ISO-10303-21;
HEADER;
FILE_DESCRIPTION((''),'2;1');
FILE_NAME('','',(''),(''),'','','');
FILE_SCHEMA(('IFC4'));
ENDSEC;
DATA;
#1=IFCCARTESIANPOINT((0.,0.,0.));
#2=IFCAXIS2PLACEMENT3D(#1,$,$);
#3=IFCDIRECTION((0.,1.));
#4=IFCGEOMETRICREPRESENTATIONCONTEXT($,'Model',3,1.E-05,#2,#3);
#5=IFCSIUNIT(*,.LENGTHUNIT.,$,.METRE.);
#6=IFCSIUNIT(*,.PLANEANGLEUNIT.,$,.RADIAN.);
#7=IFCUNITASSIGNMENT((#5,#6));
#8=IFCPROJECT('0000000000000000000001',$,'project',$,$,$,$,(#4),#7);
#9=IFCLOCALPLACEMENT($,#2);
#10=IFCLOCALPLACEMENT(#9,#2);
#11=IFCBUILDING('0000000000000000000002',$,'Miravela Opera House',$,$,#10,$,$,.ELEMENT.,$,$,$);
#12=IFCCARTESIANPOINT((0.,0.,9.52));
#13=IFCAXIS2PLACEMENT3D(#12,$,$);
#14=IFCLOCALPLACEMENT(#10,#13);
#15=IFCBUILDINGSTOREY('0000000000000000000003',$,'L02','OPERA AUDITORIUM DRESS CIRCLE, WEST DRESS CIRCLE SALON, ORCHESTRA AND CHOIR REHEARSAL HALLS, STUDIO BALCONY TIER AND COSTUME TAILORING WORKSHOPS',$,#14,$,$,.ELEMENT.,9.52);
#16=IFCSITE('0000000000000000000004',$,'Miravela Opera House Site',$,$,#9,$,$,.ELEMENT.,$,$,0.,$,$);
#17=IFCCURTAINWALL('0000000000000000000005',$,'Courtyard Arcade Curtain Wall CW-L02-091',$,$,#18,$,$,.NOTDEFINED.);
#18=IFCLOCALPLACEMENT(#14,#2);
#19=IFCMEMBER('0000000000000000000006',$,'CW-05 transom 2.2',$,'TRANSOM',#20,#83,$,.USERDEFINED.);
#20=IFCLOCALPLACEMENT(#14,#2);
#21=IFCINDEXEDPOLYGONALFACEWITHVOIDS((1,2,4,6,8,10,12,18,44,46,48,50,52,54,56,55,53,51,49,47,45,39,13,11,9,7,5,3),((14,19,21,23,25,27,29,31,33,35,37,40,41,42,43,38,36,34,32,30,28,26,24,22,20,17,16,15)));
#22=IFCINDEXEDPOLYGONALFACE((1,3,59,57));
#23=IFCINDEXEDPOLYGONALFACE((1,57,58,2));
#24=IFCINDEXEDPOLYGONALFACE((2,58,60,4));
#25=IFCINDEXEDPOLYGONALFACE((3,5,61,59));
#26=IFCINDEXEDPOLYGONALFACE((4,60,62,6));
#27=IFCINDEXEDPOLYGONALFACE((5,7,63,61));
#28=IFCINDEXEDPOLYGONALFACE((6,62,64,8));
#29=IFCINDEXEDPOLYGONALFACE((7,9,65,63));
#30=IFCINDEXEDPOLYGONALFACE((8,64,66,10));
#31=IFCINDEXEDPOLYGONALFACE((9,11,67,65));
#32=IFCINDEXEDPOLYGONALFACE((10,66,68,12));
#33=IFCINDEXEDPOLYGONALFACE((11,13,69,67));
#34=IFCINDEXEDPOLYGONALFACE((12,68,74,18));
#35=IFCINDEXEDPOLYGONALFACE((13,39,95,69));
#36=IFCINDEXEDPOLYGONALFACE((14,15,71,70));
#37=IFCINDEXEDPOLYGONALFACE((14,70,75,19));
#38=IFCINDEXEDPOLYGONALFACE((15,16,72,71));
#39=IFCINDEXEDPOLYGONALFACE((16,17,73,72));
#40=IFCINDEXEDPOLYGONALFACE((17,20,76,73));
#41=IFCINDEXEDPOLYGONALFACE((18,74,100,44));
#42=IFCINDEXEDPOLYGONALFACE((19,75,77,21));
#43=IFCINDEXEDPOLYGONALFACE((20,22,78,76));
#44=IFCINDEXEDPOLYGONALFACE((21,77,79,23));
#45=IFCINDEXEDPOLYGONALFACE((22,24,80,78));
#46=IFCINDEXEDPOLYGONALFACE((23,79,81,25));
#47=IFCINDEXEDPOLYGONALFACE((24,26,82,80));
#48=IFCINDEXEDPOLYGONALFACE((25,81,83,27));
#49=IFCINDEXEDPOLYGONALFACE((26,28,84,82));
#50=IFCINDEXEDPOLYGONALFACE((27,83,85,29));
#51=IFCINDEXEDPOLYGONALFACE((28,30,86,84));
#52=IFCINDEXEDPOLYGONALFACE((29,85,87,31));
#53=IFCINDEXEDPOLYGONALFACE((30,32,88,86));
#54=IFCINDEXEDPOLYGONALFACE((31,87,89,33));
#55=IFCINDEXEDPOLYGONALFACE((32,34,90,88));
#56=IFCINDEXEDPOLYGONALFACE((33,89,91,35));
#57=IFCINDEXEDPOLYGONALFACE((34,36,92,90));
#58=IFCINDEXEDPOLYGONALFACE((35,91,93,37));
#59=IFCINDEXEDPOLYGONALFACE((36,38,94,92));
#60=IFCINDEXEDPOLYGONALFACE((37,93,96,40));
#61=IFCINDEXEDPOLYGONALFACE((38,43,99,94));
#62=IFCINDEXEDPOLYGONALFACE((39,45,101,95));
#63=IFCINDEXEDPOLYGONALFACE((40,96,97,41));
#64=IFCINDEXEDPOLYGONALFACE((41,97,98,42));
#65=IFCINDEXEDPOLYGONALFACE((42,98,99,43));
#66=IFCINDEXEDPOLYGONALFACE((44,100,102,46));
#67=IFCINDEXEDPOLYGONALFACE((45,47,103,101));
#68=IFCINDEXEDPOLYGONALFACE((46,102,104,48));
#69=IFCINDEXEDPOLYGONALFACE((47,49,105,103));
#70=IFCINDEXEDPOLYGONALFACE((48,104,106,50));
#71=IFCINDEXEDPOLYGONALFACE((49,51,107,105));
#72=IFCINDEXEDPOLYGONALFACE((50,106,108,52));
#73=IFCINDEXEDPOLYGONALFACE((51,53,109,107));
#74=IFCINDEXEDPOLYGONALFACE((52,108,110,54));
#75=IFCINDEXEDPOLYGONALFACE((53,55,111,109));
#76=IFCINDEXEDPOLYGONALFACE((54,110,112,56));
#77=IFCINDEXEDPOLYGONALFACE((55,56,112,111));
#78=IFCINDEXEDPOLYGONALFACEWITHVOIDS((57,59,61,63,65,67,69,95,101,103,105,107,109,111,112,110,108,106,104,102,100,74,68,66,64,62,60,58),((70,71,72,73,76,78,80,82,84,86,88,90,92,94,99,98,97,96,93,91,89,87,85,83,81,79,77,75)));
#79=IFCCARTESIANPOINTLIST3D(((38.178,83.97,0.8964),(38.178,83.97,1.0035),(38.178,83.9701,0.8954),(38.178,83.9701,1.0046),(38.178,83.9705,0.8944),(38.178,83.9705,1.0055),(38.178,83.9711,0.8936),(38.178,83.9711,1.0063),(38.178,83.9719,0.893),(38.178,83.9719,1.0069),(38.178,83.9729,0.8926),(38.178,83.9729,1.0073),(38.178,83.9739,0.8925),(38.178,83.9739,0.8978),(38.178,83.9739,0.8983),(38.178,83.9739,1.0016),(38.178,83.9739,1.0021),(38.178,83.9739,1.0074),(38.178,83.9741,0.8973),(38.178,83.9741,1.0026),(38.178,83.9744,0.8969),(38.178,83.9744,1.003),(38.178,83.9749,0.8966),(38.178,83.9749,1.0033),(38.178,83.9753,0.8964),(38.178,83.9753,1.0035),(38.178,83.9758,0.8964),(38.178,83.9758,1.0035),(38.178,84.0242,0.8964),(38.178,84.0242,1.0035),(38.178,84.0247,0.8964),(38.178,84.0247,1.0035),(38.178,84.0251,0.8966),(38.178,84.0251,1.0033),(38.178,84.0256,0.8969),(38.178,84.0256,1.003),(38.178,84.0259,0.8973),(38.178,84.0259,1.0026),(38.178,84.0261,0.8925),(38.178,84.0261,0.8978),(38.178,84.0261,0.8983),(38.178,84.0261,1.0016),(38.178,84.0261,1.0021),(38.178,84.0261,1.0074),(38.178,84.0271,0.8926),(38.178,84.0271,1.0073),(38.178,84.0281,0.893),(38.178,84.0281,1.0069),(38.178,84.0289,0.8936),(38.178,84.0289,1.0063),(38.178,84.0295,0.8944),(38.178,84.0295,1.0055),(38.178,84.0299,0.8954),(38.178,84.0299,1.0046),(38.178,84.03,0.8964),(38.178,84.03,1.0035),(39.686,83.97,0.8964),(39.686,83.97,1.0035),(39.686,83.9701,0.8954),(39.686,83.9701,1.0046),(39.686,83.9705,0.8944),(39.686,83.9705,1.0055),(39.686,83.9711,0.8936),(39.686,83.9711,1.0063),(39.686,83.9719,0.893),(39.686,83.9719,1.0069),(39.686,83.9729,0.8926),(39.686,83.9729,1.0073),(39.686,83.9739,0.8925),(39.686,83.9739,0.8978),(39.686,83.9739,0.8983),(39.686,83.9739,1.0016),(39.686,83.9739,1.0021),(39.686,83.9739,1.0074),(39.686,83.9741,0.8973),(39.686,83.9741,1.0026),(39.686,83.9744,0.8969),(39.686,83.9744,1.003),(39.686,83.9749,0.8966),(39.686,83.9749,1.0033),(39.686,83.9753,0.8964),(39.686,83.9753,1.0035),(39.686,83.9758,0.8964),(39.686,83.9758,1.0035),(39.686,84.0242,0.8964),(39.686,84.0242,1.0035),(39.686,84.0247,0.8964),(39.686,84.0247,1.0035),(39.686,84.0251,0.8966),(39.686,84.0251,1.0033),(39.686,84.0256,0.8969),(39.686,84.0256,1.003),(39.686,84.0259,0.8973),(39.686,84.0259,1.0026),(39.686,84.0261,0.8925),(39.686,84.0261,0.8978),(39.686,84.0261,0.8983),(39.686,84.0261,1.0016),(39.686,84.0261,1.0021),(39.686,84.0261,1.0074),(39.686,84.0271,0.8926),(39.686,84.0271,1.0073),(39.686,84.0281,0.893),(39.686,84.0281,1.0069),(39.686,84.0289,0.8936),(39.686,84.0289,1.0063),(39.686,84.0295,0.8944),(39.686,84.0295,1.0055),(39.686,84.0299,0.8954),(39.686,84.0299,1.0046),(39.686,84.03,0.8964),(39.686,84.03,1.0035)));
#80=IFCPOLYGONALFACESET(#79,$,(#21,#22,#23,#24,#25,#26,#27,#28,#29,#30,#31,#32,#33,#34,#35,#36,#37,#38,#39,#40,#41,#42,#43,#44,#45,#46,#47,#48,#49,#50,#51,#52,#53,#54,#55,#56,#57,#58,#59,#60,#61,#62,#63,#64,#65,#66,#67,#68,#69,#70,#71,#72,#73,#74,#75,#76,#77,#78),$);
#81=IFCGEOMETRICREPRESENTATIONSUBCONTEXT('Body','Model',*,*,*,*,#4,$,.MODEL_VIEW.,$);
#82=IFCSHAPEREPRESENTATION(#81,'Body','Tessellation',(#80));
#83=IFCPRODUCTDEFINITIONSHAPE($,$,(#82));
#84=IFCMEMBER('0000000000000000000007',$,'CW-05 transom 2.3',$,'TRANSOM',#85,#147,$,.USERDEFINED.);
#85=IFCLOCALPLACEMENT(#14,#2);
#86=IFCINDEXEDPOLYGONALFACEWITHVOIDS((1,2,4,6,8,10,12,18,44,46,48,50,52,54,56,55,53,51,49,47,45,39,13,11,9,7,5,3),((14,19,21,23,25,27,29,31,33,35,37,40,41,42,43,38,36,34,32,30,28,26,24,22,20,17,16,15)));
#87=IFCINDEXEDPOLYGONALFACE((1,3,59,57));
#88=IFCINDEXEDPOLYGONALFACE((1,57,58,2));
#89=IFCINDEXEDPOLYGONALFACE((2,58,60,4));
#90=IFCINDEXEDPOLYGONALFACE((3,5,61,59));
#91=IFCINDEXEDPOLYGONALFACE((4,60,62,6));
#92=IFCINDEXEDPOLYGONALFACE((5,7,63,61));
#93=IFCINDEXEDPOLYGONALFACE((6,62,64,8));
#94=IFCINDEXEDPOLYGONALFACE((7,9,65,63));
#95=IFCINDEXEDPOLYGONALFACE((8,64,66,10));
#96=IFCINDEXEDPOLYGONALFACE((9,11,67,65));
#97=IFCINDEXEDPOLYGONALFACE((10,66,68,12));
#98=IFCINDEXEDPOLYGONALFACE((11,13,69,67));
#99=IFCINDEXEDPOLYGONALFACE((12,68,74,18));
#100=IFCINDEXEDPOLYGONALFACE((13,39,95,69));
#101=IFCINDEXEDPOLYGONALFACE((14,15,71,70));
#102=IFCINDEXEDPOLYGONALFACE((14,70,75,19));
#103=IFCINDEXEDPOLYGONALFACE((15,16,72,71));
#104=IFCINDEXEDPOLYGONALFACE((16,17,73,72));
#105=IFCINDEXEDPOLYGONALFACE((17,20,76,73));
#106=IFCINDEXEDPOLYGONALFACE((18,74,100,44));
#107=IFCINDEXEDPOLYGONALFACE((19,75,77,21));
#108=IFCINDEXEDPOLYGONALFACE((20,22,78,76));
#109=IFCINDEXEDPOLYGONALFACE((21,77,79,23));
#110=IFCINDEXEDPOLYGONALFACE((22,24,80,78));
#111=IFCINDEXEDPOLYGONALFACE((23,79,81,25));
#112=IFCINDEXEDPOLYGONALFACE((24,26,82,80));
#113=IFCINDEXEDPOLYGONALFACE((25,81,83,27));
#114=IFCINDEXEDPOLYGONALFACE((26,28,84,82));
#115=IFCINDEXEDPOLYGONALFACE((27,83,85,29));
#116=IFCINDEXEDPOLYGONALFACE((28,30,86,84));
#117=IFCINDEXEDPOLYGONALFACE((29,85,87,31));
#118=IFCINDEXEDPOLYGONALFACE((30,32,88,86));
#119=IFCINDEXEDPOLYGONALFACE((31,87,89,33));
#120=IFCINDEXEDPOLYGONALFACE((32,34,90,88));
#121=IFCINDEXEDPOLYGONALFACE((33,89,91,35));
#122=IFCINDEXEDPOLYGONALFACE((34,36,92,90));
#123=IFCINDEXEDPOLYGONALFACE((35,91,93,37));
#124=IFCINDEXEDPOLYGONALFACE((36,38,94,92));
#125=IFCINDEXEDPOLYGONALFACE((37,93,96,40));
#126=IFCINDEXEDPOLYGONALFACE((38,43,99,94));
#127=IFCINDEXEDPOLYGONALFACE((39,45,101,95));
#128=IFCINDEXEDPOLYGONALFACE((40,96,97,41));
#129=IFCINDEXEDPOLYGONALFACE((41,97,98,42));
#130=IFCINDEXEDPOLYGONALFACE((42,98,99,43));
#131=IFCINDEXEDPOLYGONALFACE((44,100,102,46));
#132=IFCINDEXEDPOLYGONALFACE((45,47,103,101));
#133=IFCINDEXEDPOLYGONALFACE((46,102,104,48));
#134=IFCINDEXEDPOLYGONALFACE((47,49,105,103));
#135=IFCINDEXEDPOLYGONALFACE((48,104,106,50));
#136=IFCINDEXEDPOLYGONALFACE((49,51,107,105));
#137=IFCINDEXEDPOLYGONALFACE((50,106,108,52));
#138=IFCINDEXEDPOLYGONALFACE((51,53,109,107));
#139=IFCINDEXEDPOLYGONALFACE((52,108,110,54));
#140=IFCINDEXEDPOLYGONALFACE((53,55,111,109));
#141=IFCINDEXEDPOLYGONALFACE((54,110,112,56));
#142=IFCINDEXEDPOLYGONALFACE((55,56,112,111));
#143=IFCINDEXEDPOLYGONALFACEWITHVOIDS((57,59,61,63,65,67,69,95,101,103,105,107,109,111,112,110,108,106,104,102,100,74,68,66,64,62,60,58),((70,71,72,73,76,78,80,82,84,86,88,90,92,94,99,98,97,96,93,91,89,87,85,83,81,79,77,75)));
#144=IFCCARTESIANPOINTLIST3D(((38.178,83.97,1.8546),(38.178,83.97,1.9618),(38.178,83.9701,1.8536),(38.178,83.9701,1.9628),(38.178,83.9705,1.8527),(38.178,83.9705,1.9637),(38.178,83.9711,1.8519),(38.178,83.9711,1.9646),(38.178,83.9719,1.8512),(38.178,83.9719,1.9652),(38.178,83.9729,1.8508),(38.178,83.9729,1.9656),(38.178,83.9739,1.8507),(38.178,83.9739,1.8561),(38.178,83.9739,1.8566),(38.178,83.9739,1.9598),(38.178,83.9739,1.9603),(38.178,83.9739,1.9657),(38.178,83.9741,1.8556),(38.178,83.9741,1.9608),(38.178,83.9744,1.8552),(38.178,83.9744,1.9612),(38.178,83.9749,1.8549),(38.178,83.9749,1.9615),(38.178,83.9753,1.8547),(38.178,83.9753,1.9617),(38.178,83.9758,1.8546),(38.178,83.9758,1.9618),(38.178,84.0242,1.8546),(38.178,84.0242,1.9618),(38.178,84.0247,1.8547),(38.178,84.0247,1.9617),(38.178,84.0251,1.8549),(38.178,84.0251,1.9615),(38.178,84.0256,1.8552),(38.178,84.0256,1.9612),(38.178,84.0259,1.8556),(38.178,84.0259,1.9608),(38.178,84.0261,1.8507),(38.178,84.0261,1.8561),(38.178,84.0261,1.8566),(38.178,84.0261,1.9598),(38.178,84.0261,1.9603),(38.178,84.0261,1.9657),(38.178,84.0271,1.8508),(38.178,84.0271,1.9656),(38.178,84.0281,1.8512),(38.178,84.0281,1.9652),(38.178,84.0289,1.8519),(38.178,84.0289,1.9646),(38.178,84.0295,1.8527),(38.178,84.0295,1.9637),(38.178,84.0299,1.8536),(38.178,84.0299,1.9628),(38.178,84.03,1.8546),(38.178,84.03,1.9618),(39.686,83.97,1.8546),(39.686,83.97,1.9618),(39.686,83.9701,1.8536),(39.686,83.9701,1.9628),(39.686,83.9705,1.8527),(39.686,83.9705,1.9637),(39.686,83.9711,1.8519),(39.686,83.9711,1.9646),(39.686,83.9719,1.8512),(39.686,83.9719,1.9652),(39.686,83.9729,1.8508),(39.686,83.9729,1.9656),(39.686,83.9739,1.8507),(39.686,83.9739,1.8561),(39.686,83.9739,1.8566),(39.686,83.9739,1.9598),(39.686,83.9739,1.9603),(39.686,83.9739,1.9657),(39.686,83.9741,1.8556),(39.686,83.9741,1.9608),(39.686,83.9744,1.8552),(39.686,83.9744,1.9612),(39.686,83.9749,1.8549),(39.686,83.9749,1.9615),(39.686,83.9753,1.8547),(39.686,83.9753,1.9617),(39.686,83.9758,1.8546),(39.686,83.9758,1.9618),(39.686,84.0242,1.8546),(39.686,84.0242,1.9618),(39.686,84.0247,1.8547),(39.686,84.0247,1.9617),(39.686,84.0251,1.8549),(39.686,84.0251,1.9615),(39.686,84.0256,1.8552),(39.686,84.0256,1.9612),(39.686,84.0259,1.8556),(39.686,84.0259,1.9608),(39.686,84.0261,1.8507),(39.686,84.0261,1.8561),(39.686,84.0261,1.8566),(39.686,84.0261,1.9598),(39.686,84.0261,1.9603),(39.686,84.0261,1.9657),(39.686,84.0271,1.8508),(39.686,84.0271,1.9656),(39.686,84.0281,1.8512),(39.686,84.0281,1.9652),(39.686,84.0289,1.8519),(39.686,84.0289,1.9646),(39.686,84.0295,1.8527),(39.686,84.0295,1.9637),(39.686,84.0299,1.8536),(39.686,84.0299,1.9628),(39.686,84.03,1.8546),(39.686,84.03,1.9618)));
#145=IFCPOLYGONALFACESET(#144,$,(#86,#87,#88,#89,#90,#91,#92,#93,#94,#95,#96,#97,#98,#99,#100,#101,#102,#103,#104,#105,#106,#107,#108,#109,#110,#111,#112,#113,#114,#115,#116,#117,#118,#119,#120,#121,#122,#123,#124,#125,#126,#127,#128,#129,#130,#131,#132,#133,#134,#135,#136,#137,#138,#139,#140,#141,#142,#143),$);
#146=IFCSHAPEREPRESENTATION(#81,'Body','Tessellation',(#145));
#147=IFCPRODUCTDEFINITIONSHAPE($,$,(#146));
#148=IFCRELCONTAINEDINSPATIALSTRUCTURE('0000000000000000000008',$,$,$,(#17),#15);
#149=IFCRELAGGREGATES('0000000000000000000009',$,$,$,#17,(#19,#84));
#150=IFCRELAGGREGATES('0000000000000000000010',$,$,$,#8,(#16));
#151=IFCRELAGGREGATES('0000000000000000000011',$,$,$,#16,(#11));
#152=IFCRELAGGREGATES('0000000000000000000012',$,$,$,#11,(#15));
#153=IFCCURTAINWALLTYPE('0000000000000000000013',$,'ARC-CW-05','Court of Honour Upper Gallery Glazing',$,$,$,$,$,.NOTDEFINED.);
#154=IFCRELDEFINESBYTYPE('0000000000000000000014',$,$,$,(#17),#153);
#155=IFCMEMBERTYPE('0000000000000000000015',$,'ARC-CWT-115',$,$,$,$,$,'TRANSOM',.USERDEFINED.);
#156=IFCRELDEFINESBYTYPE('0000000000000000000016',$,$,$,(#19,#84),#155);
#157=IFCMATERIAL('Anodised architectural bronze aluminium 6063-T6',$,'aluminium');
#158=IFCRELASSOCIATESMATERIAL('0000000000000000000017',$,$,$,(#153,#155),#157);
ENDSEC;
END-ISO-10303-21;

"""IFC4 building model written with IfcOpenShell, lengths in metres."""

from ifc_helpers import new_model, si_unit, direction, frame, origin, origin_2d, place, context, subcontext, project, spatial, hollow_rectangle, extrude, material, material_profile, profile_set, type_object, element, aggregate, save


model = new_model("IFC4")

# Units and contexts
model_context = context("Model", 3, precision=1e-05, world=origin(), true_north=direction((0.0, 1.0)))
body_context = subcontext(model_context, "Body", "Model", "MODEL_VIEW")
ifc_project = project(units=[si_unit("LENGTHUNIT", "METRE"), si_unit("PLANEANGLEUNIT", "RADIAN")], contexts=[model_context])

# Site, building, storey
site_placement = place(None, origin())
site = spatial("IfcSite", under=ifc_project, at=site_placement, Name="Miravela Opera House Site", CompositionType="ELEMENT", RefElevation=0.0)
building_placement = place(site_placement, origin())
building = spatial("IfcBuilding", under=site, at=building_placement, Name="Miravela Opera House", CompositionType="ELEMENT")
storey_placement = place(building_placement, frame((0.0, 0.0, 9.52)))
storey = spatial("IfcBuildingStorey", under=building, at=storey_placement, Name="L02", Description="OPERA AUDITORIUM DRESS CIRCLE, WEST DRESS CIRCLE SALON, ORCHESTRA AND CHOIR REHEARSAL HALLS, STUDIO BALCONY TIER AND COSTUME TAILORING WORKSHOPS", CompositionType="ELEMENT", Elevation=9.52)

# Shared definitions
ifc_material_1 = material(Name="Anodised architectural bronze aluminium 6063-T6", Category="aluminium")
curtain_wall_type = type_object("IfcCurtainWallType", Name="ARC-CW-05", Description="Court of Honour Upper Gallery Glazing", PredefinedType="NOTDEFINED", material=ifc_material_1)

# Curtain wall
curtain_wall_1_placement = place(storey_placement, origin())
curtain_wall_1 = element("IfcCurtainWall", 1, at=curtain_wall_1_placement, inside=storey, type_object=curtain_wall_type, Name="Courtyard Arcade Curtain Wall CW-L02-091", PredefinedType="NOTDEFINED")

# Members
ifc_material_profile_1 = material_profile(ifc_material_1, hollow_rectangle(XDim=0.0601, YDim=0.115, WallThickness=0.0039, InnerFilletRadius=0.002, OuterFilletRadius=0.0039, at=origin_2d()), Name="CWT-60X115")
ifc_profile_set_1 = profile_set([ifc_material_profile_1])
member_type_1 = type_object("IfcMemberType", Name="ARC-CWT-115", ElementType="TRANSOM", PredefinedType="USERDEFINED", material=ifc_profile_set_1)
member_1_placement = place(storey_placement, frame((38.178, 84.0, 0.95), z_axis=(1.0, 0.0, 0.0), x_axis=(0.0, 1.0, 0.0)))
member_1 = element("IfcMember", 2, at=member_1_placement, type_object=member_type_1, Name="CW-05 transom 2.2", ObjectType="TRANSOM", PredefinedType="USERDEFINED", context=body_context, shape_type="SweptSolid", body=[
    extrude(hollow_rectangle(XDim=0.0601, YDim=0.115, WallThickness=0.0039, InnerFilletRadius=0.002, OuterFilletRadius=0.0039, at=origin_2d()), origin(), (0.0, 0.0, 1.0), 1.5081),
])
member_2_placement = place(storey_placement, frame((38.178, 84.0, 1.9082), z_axis=(1.0, 0.0, 0.0), x_axis=(0.0, 1.0, 0.0)))
member_2 = element("IfcMember", 3, at=member_2_placement, type_object=member_type_1, Name="CW-05 transom 2.3", ObjectType="TRANSOM", PredefinedType="USERDEFINED", context=body_context, shape_type="SweptSolid", body=[
    extrude(hollow_rectangle(XDim=0.0601, YDim=0.115, WallThickness=0.0039, InnerFilletRadius=0.002, OuterFilletRadius=0.0039, at=origin_2d()), origin(), (0.0, 0.0, 1.0), 1.5081),
])

aggregate(curtain_wall_1, [member_1, member_2])

save(model, "model.ifc")
